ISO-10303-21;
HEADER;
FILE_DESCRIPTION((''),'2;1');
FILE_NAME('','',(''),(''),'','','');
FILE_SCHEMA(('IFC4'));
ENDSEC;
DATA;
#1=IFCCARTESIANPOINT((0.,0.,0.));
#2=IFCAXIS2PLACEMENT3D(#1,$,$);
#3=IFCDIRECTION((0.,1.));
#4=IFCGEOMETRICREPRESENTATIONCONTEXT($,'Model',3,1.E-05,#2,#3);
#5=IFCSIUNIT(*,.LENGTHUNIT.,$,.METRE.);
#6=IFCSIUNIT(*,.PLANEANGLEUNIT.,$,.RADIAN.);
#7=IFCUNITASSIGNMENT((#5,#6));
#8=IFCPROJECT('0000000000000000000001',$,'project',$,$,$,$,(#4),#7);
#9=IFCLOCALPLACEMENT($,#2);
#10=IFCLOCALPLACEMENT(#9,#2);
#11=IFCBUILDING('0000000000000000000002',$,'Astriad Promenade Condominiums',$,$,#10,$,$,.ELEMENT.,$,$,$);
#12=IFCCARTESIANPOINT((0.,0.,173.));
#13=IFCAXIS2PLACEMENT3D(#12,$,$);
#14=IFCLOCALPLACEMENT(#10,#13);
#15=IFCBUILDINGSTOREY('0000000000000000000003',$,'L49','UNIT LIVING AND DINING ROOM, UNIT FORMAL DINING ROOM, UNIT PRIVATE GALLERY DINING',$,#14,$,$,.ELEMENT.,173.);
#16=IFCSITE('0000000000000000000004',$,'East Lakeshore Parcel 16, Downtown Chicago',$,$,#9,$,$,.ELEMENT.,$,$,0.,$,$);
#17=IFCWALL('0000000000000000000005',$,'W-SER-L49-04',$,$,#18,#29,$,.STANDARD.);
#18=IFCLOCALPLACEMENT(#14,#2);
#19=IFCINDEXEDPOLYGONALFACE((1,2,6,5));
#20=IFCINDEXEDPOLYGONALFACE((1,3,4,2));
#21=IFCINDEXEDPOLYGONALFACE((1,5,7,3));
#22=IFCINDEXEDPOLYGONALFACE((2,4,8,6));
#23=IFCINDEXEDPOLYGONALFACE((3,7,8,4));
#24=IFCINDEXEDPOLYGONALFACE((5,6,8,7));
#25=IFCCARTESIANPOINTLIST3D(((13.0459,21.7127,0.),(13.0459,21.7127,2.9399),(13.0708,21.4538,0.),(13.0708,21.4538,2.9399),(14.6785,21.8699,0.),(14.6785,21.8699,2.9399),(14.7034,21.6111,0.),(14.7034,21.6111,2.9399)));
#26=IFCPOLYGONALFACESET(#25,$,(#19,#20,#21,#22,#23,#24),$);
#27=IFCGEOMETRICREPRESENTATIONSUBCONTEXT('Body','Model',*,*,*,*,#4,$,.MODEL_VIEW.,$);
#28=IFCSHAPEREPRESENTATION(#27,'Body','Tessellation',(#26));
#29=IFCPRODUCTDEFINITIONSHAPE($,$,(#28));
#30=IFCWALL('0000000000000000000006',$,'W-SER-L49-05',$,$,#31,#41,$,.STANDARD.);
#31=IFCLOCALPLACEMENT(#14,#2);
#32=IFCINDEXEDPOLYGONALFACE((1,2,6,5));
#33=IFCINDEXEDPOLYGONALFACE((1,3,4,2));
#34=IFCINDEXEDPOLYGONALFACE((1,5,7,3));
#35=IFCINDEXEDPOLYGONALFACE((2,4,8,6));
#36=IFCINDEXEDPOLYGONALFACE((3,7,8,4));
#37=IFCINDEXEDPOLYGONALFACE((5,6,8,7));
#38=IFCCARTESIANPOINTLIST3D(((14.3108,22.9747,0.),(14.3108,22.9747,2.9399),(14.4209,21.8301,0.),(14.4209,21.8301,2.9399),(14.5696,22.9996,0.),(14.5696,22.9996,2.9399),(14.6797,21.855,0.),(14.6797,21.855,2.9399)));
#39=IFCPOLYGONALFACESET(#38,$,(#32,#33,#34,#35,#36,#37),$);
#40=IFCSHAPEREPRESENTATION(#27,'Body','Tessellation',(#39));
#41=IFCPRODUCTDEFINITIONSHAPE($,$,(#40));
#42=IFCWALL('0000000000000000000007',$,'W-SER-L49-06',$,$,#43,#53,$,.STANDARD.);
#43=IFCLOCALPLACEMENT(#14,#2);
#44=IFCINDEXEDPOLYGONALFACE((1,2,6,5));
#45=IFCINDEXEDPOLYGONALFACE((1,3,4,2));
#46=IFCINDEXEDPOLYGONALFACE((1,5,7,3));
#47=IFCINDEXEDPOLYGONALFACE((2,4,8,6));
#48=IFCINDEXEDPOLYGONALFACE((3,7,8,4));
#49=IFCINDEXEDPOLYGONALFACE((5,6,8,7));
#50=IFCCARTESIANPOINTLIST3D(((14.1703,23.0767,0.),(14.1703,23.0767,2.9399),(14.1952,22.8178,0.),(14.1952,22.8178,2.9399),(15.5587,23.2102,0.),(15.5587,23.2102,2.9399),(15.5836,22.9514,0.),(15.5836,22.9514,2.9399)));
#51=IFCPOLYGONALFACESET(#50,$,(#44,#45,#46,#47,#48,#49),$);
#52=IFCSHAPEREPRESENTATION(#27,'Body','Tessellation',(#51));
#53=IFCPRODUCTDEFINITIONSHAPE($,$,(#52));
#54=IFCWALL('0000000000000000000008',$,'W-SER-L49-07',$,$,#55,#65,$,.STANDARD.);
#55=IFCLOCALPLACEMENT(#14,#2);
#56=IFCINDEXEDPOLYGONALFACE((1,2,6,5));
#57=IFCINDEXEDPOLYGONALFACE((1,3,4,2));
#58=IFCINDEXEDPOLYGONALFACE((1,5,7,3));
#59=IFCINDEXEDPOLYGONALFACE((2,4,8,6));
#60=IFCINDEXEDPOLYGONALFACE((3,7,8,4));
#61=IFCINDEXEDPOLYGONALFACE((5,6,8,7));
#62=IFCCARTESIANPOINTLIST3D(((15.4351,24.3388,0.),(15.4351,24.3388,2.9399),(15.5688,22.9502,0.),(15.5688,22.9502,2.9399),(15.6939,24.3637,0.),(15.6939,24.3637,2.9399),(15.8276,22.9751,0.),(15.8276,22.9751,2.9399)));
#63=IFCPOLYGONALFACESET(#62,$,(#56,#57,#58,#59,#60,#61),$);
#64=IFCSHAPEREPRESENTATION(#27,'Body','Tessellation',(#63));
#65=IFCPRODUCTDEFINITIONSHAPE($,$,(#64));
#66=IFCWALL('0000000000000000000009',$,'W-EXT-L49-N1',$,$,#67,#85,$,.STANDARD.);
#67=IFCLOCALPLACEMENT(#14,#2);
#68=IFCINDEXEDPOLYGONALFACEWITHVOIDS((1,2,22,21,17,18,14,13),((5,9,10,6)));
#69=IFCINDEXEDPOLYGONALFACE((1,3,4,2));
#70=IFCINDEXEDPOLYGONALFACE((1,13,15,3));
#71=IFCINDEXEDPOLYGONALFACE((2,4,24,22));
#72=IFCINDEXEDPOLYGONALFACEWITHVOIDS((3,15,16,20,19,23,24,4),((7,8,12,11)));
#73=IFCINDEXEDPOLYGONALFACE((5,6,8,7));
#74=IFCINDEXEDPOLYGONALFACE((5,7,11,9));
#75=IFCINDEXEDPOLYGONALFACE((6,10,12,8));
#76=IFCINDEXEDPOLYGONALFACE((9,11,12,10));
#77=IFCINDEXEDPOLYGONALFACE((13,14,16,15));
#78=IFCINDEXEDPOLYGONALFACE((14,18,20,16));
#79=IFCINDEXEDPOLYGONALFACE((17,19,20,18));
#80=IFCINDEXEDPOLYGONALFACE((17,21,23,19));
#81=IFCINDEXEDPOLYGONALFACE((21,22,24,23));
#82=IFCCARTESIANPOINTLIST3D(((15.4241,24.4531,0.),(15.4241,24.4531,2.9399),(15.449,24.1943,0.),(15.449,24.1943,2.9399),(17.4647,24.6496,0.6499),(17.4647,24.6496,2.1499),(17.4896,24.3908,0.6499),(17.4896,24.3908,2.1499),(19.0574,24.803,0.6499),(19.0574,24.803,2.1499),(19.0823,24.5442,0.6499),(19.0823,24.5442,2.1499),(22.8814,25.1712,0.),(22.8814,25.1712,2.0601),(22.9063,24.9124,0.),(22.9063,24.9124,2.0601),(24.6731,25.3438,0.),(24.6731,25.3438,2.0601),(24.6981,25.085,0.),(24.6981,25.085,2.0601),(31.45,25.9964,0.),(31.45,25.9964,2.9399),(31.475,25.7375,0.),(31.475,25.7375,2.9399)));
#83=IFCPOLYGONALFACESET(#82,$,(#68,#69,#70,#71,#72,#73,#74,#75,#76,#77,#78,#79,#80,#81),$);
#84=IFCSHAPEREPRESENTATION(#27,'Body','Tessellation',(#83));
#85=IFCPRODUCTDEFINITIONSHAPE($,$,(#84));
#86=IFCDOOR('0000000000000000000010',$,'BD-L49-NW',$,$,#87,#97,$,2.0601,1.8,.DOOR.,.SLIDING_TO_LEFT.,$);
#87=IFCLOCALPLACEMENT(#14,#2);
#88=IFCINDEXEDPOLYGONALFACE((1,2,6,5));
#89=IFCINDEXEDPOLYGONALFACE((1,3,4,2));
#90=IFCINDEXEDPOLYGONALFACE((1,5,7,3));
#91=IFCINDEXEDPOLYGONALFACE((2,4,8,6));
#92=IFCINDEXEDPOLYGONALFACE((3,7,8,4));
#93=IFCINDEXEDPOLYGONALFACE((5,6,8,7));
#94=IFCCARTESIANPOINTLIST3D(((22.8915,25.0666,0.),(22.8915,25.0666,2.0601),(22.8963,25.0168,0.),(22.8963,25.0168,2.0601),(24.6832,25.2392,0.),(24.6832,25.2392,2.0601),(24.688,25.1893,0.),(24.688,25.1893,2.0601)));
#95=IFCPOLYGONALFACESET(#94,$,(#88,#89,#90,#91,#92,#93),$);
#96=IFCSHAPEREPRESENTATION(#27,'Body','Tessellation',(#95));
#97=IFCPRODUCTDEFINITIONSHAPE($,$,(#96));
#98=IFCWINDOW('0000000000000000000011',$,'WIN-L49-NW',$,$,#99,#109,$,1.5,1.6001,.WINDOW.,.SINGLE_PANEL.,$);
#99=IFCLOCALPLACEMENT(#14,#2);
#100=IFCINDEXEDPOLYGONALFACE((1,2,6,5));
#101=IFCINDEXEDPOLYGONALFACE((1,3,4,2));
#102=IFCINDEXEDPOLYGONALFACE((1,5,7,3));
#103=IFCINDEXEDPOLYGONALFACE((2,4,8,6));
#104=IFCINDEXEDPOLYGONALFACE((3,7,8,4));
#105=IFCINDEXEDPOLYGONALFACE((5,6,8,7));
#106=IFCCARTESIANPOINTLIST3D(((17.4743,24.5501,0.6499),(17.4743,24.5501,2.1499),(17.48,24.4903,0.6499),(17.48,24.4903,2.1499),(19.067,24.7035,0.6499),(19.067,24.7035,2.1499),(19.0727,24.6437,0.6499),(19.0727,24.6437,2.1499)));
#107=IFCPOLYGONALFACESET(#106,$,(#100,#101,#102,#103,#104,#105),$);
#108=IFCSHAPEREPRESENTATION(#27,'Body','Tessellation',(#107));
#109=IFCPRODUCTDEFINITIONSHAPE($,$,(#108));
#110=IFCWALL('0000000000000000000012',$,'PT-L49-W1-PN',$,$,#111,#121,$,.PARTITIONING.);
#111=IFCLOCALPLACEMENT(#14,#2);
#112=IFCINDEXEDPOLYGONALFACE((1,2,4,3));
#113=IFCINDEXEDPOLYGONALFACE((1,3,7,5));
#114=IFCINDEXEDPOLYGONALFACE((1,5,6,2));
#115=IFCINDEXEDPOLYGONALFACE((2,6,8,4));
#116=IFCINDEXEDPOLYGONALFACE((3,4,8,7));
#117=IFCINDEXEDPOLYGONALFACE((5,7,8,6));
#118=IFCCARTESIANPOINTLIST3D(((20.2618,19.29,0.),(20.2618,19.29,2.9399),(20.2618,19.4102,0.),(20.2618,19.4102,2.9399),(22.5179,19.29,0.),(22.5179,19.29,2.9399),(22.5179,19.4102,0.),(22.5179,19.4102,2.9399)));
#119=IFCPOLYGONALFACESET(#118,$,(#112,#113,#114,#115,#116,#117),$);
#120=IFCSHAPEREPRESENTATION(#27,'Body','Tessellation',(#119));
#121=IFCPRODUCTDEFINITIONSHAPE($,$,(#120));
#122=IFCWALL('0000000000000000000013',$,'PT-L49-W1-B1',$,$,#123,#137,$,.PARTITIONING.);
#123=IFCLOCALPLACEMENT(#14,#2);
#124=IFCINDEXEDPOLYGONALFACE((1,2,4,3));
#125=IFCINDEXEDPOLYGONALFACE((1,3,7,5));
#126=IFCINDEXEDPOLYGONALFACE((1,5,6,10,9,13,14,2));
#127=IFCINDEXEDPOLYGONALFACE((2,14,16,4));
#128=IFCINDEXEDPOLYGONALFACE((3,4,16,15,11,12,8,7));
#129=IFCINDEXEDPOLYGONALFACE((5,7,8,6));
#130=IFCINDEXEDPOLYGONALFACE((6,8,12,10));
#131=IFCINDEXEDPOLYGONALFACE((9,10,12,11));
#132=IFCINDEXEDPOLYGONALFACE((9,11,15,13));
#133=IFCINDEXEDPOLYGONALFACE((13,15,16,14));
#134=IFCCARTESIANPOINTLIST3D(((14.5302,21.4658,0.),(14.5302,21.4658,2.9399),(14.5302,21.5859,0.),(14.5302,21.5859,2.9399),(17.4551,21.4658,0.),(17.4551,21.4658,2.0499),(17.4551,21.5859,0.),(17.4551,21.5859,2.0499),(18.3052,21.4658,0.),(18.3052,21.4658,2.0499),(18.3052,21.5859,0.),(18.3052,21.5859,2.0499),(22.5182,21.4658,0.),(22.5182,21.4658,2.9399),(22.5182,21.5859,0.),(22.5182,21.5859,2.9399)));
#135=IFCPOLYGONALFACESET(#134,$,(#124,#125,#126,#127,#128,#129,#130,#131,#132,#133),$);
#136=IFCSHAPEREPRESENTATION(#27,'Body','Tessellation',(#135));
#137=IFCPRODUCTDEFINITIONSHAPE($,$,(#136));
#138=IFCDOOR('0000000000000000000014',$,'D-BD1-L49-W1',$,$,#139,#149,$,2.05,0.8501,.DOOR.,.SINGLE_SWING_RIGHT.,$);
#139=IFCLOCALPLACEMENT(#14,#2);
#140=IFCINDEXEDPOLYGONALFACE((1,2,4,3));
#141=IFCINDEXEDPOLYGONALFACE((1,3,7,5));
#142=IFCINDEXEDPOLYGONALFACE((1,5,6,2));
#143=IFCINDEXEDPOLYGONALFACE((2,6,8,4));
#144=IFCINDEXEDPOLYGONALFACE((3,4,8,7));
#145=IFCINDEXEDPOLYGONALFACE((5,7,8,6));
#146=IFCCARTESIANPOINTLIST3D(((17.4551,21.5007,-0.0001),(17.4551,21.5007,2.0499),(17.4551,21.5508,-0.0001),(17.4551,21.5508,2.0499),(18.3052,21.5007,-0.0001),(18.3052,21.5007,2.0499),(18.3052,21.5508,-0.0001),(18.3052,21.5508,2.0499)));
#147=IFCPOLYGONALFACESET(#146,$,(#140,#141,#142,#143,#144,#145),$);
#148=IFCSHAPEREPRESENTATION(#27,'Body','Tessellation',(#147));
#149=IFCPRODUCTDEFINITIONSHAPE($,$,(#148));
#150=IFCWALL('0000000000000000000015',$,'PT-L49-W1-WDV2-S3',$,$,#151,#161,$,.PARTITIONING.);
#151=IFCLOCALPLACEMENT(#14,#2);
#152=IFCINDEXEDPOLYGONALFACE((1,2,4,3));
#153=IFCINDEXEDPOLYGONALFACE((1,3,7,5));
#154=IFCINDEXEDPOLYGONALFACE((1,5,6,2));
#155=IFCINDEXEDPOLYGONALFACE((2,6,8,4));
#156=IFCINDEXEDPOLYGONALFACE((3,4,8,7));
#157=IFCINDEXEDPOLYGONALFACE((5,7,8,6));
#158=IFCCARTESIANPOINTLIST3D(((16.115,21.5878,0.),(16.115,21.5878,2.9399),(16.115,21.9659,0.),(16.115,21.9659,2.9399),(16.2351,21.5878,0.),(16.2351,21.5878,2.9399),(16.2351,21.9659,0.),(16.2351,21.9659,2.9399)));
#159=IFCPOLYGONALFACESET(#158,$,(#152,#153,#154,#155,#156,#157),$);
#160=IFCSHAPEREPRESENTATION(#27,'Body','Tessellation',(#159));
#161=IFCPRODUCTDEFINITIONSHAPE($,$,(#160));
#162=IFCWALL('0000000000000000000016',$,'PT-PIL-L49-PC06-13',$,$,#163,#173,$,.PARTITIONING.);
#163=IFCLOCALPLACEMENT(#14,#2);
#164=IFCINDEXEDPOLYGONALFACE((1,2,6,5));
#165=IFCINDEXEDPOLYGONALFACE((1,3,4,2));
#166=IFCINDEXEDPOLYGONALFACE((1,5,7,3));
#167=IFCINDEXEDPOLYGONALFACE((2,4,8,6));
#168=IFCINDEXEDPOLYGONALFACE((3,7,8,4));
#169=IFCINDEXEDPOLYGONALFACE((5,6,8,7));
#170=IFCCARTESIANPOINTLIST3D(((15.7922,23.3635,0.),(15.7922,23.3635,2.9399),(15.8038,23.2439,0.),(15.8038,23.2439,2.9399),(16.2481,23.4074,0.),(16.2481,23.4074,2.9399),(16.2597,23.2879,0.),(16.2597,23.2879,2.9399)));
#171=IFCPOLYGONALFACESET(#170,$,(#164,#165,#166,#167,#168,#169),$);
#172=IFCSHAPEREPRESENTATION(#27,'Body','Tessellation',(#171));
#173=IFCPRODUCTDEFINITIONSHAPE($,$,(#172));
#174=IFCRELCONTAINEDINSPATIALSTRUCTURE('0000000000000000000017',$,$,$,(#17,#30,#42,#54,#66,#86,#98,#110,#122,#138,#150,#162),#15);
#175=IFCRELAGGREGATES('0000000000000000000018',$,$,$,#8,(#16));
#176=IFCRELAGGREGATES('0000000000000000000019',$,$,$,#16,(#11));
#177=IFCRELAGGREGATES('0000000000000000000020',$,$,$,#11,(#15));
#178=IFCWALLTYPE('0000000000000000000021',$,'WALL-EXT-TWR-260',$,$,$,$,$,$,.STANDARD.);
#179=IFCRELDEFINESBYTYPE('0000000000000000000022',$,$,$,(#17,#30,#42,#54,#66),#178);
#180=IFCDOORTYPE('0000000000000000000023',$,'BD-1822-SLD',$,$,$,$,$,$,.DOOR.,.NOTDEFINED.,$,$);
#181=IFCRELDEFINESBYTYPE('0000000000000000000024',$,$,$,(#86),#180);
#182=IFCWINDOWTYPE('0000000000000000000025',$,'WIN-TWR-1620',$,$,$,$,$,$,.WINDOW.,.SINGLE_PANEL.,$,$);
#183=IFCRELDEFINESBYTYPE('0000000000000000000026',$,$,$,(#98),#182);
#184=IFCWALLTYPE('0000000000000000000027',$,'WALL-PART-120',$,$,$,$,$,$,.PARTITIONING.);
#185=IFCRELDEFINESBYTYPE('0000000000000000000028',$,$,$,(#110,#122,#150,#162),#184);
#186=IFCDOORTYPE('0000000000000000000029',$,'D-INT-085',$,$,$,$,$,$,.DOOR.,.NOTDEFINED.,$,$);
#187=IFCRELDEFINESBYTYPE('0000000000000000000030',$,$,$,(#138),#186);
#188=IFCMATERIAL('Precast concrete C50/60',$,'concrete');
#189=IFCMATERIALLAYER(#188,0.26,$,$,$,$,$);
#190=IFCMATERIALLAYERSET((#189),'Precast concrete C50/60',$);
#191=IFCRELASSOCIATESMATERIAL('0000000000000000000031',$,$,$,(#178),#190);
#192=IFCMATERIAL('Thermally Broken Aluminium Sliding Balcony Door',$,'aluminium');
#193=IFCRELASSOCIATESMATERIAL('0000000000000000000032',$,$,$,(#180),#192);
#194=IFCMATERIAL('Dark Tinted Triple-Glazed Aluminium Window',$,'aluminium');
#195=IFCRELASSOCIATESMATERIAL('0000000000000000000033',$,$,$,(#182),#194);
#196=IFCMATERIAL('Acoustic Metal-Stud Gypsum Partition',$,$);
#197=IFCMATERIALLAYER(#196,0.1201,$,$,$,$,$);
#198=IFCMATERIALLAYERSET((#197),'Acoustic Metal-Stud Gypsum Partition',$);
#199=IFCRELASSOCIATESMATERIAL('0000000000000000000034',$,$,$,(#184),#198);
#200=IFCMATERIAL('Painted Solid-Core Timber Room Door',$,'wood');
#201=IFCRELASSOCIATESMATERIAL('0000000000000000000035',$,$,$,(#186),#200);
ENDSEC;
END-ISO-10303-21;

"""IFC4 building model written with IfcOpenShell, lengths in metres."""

from ifc_helpers import new_model, si_unit, direction, frame, frame_2d, origin, place, context, subcontext, project, spatial, rectangle, extrude, source, transform, mapped, material, layer, layer_set, type_object, type_shapes, element, fill, save


model = new_model("IFC4")

# Units and contexts
model_context = context("Model", 3, precision=1e-05, world=origin(), true_north=direction((0.0, 1.0)))
body_context = subcontext(model_context, "Body", "Model", "MODEL_VIEW")
ifc_project = project(units=[si_unit("LENGTHUNIT", "METRE"), si_unit("PLANEANGLEUNIT", "RADIAN")], contexts=[model_context])

# Site, building, storey
site_placement = place(None, origin())
site = spatial("IfcSite", under=ifc_project, at=site_placement, Name="East Lakeshore Parcel 16, Downtown Chicago", CompositionType="ELEMENT", RefElevation=0.0)
building_placement = place(site_placement, origin())
building = spatial("IfcBuilding", under=site, at=building_placement, Name="Astriad Promenade Condominiums", CompositionType="ELEMENT")
storey_placement = place(building_placement, frame((0.0, 0.0, 173.0)))
storey = spatial("IfcBuildingStorey", under=building, at=storey_placement, Name="L49", Description="UNIT LIVING AND DINING ROOM, UNIT FORMAL DINING ROOM, UNIT PRIVATE GALLERY DINING", CompositionType="ELEMENT", Elevation=173.0)

# Walls
ifc_material_1 = material(Name="Precast concrete C50/60", Category="concrete")
ifc_layer_1 = layer(ifc_material_1, 0.26)
ifc_layer_set_1 = layer_set([ifc_layer_1], Name="Precast concrete C50/60")
wall_type_1 = type_object("IfcWallType", Name="WALL-EXT-TWR-260", PredefinedType="STANDARD", material=ifc_layer_set_1)
wall_1_placement = place(storey_placement, frame((13.0583, 21.5833, 0.0), z_axis=(0.0, 0.0, 1.0), x_axis=(0.995395, 0.095863, 0.0)))
element("IfcWall", 1, at=wall_1_placement, inside=storey, type_object=wall_type_1, Name="W-SER-L49-04", PredefinedType="STANDARD", context=body_context, shape_type="SweptSolid", body=[
    extrude(rectangle(XDim=1.6401, YDim=0.26, at=frame_2d((0.8201, 0.0))), origin(), (0.0, 0.0, 1.0), 2.9399),
])
wall_2_placement = place(storey_placement, frame((14.5503, 21.8425, 0.0), z_axis=(0.0, 0.0, 1.0), x_axis=(-0.095761, 0.995404, 0.0)))
element("IfcWall", 2, at=wall_2_placement, inside=storey, type_object=wall_type_1, Name="W-SER-L49-05", PredefinedType="STANDARD", context=body_context, shape_type="SweptSolid", body=[
    extrude(rectangle(XDim=1.1499, YDim=0.26, at=frame_2d((0.575, 0.0))), origin(), (0.0, 0.0, 1.0), 2.9399),
])
wall_3_placement = place(storey_placement, frame((14.1829, 22.9473, 0.0), z_axis=(0.0, 0.0, 1.0), x_axis=(0.995406, 0.095742, 0.0)))
element("IfcWall", 3, at=wall_3_placement, inside=storey, type_object=wall_type_1, Name="W-SER-L49-06", PredefinedType="STANDARD", context=body_context, shape_type="SweptSolid", body=[
    extrude(rectangle(XDim=1.3948, YDim=0.26, at=frame_2d((0.6973, 0.0))), origin(), (0.0, 0.0, 1.0), 2.9399),
])
wall_4_placement = place(storey_placement, frame((15.6982, 22.9626, 0.0), z_axis=(0.0, 0.0, 1.0), x_axis=(-0.095899, 0.995391, 0.0)))
element("IfcWall", 4, at=wall_4_placement, inside=storey, type_object=wall_type_1, Name="W-SER-L49-07", PredefinedType="STANDARD", context=body_context, shape_type="SweptSolid", body=[
    extrude(rectangle(XDim=1.395, YDim=0.26, at=frame_2d((0.6975, 0.0))), origin(), (0.0, 0.0, 1.0), 2.9399),
])

# Wall, openings, door, window
wall_5_placement = place(storey_placement, frame((15.4365, 24.3237, 0.0), z_axis=(0.0, 0.0, 1.0), x_axis=(0.995396, 0.095852, 0.0)))
wall_5 = element("IfcWall", 5, at=wall_5_placement, inside=storey, type_object=wall_type_1, Name="W-EXT-L49-N1", PredefinedType="STANDARD", context=body_context, shape_type="SweptSolid", body=[
    extrude(rectangle(XDim=16.1001, YDim=0.26, at=frame_2d((8.05, 0.0))), origin(), (0.0, 0.0, 1.0), 2.9399),
])
opening_1_placement = place(wall_5_placement, frame((7.4919, 0.0, 0.0)))
opening_1 = element("IfcOpeningElement", 6, at=opening_1_placement, cuts=wall_5, PredefinedType="OPENING", context=body_context, shape_type="SweptSolid", body=[
    extrude(rectangle(XDim=1.8, YDim=2.0601, at=frame_2d((0.8999, 1.03))), frame((0.0, 0.1399, 0.0), z_axis=(0.0, -1.0, 0.0), x_axis=(1.0, 0.0, 0.0)), (0.0, 0.0, 1.0), 0.28),
])
opening_2_placement = place(wall_5_placement, frame((2.05, 0.0, 0.6499)))
opening_2 = element("IfcOpeningElement", 7, at=opening_2_placement, cuts=wall_5, PredefinedType="OPENING", context=body_context, shape_type="SweptSolid", body=[
    extrude(rectangle(XDim=1.6001, YDim=1.5, at=frame_2d((0.8, 0.75))), frame((0.0, 0.1399, 0.0), z_axis=(0.0, -1.0, 0.0), x_axis=(1.0, 0.0, 0.0)), (0.0, 0.0, 1.0), 0.28),
])
ifc_material_2 = material(Name="Thermally Broken Aluminium Sliding Balcony Door", Category="aluminium")
door_type_1 = type_object("IfcDoorType", Name="BD-1822-SLD", OperationType="NOTDEFINED", PredefinedType="DOOR", material=ifc_material_2)
shared_shape_1 = source(origin(), body_context, "Body", "SweptSolid", [
    extrude(rectangle(XDim=1.8, YDim=2.0601, at=frame_2d((0.8999, 1.03))), frame((0.0, 0.0249, 0.0), z_axis=(0.0, -1.0, 0.0), x_axis=(1.0, 0.0, 0.0)), (0.0, 0.0, 1.0), 0.05),
])
type_shapes(door_type_1, [shared_shape_1])
door_1_placement = place(opening_1_placement, origin())
door_1 = element("IfcDoor", 8, at=door_1_placement, inside=storey, type_object=door_type_1, Name="BD-L49-NW", OperationType="SLIDING_TO_LEFT", OverallHeight=2.0601, OverallWidth=1.8, PredefinedType="DOOR", context=body_context, shape_type="MappedRepresentation", body=[
    mapped(shared_shape_1, transform((0.0, 0.0, 0.0), scale=1.0)),
])
fill(opening_1, door_1)
ifc_material_3 = material(Name="Dark Tinted Triple-Glazed Aluminium Window", Category="aluminium")
window_type = type_object("IfcWindowType", Name="WIN-TWR-1620", PartitioningType="SINGLE_PANEL", PredefinedType="WINDOW", material=ifc_material_3)
shared_shape_2 = source(origin(), body_context, "Body", "SweptSolid", [
    extrude(rectangle(XDim=1.6001, YDim=1.5, at=frame_2d((0.8, 0.75))), frame((0.0, 0.03, 0.0), z_axis=(0.0, -1.0, 0.0), x_axis=(1.0, 0.0, 0.0)), (0.0, 0.0, 1.0), 0.0601),
])
type_shapes(window_type, [shared_shape_2])
window_placement = place(opening_2_placement, origin())
window = element("IfcWindow", 9, at=window_placement, inside=storey, type_object=window_type, Name="WIN-L49-NW", OverallHeight=1.5, OverallWidth=1.6001, PartitioningType="SINGLE_PANEL", PredefinedType="WINDOW", context=body_context, shape_type="MappedRepresentation", body=[
    mapped(shared_shape_2, transform((0.0, 0.0, 0.0), scale=1.0)),
])
fill(opening_2, window)

# Wall
ifc_material_4 = material(Name="Acoustic Metal-Stud Gypsum Partition")
ifc_layer_2 = layer(ifc_material_4, 0.1201)
ifc_layer_set_2 = layer_set([ifc_layer_2], Name="Acoustic Metal-Stud Gypsum Partition")
wall_type_2 = type_object("IfcWallType", Name="WALL-PART-120", PredefinedType="PARTITIONING", material=ifc_layer_set_2)
wall_6_placement = place(storey_placement, frame((20.262, 19.3501, 0.0), z_axis=(0.0, 0.0, 1.0), x_axis=(1.0, 0.0, 0.0)))
element("IfcWall", 10, at=wall_6_placement, inside=storey, type_object=wall_type_2, Name="PT-L49-W1-PN", PredefinedType="PARTITIONING", context=body_context, shape_type="SweptSolid", body=[
    extrude(rectangle(XDim=2.2561, YDim=0.1201, at=frame_2d((1.1279, 0.0))), origin(), (0.0, 0.0, 1.0), 2.9399),
])

# Wall, opening, door
wall_7_placement = place(storey_placement, frame((14.53, 21.5259, 0.0), z_axis=(0.0, 0.0, 1.0), x_axis=(1.0, 0.0, 0.0)))
wall_7 = element("IfcWall", 11, at=wall_7_placement, inside=storey, type_object=wall_type_2, Name="PT-L49-W1-B1", PredefinedType="PARTITIONING", context=body_context, shape_type="SweptSolid", body=[
    extrude(rectangle(XDim=7.988, YDim=0.1201, at=frame_2d((3.9941, 0.0))), origin(), (0.0, 0.0, 1.0), 2.9399),
])
opening_3_placement = place(wall_7_placement, frame((2.925, 0.0, 0.0)))
opening_3 = element("IfcOpeningElement", 12, at=opening_3_placement, cuts=wall_7, PredefinedType="OPENING", context=body_context, shape_type="SweptSolid", body=[
    extrude(rectangle(XDim=0.8501, YDim=2.05, at=frame_2d((0.425, 1.0249))), frame((0.0, 0.0701, 0.0), z_axis=(0.0, -1.0, 0.0), x_axis=(1.0, 0.0, 0.0)), (0.0, 0.0, 1.0), 0.1401),
])
ifc_material_5 = material(Name="Painted Solid-Core Timber Room Door", Category="wood")
door_type_2 = type_object("IfcDoorType", Name="D-INT-085", OperationType="NOTDEFINED", PredefinedType="DOOR", material=ifc_material_5)
shared_shape_3 = source(origin(), body_context, "Body", "SweptSolid", [
    extrude(rectangle(XDim=0.8501, YDim=2.05, at=frame_2d((0.425, 1.0249))), frame((0.0, 0.0249, 0.0), z_axis=(0.0, -1.0, 0.0), x_axis=(1.0, 0.0, 0.0)), (0.0, 0.0, 1.0), 0.05),
])
type_shapes(door_type_2, [shared_shape_3])
door_2_placement = place(opening_3_placement, origin())
door_2 = element("IfcDoor", 13, at=door_2_placement, inside=storey, type_object=door_type_2, Name="D-BD1-L49-W1", OperationType="SINGLE_SWING_RIGHT", OverallHeight=2.05, OverallWidth=0.8501, PredefinedType="DOOR", context=body_context, shape_type="MappedRepresentation", body=[
    mapped(shared_shape_3, transform((0.0, 0.0, 0.0), scale=1.0)),
])
fill(opening_3, door_2)

# Walls
wall_8_placement = place(storey_placement, frame((16.175, 21.5879, 0.0), z_axis=(0.0, 0.0, 1.0), x_axis=(0.0, 1.0, 0.0)))
element("IfcWall", 14, at=wall_8_placement, inside=storey, type_object=wall_type_2, Name="PT-L49-W1-WDV2-S3", PredefinedType="PARTITIONING", context=body_context, shape_type="SweptSolid", body=[
    extrude(rectangle(XDim=0.3782, YDim=0.1201, at=frame_2d((0.189, 0.0))), origin(), (0.0, 0.0, 1.0), 2.9399),
])
wall_9_placement = place(storey_placement, frame((16.2539, 23.3477, 0.0), z_axis=(0.0, 0.0, 1.0), x_axis=(-0.995385, -0.095966, 0.0)))
element("IfcWall", 15, at=wall_9_placement, inside=storey, type_object=wall_type_2, Name="PT-PIL-L49-PC06-13", PredefinedType="PARTITIONING", context=body_context, shape_type="SweptSolid", body=[
    extrude(rectangle(XDim=0.458, YDim=0.1201, at=frame_2d((0.229, 0.0))), origin(), (0.0, 0.0, 1.0), 2.9399),
])

save(model, "model.ifc")
